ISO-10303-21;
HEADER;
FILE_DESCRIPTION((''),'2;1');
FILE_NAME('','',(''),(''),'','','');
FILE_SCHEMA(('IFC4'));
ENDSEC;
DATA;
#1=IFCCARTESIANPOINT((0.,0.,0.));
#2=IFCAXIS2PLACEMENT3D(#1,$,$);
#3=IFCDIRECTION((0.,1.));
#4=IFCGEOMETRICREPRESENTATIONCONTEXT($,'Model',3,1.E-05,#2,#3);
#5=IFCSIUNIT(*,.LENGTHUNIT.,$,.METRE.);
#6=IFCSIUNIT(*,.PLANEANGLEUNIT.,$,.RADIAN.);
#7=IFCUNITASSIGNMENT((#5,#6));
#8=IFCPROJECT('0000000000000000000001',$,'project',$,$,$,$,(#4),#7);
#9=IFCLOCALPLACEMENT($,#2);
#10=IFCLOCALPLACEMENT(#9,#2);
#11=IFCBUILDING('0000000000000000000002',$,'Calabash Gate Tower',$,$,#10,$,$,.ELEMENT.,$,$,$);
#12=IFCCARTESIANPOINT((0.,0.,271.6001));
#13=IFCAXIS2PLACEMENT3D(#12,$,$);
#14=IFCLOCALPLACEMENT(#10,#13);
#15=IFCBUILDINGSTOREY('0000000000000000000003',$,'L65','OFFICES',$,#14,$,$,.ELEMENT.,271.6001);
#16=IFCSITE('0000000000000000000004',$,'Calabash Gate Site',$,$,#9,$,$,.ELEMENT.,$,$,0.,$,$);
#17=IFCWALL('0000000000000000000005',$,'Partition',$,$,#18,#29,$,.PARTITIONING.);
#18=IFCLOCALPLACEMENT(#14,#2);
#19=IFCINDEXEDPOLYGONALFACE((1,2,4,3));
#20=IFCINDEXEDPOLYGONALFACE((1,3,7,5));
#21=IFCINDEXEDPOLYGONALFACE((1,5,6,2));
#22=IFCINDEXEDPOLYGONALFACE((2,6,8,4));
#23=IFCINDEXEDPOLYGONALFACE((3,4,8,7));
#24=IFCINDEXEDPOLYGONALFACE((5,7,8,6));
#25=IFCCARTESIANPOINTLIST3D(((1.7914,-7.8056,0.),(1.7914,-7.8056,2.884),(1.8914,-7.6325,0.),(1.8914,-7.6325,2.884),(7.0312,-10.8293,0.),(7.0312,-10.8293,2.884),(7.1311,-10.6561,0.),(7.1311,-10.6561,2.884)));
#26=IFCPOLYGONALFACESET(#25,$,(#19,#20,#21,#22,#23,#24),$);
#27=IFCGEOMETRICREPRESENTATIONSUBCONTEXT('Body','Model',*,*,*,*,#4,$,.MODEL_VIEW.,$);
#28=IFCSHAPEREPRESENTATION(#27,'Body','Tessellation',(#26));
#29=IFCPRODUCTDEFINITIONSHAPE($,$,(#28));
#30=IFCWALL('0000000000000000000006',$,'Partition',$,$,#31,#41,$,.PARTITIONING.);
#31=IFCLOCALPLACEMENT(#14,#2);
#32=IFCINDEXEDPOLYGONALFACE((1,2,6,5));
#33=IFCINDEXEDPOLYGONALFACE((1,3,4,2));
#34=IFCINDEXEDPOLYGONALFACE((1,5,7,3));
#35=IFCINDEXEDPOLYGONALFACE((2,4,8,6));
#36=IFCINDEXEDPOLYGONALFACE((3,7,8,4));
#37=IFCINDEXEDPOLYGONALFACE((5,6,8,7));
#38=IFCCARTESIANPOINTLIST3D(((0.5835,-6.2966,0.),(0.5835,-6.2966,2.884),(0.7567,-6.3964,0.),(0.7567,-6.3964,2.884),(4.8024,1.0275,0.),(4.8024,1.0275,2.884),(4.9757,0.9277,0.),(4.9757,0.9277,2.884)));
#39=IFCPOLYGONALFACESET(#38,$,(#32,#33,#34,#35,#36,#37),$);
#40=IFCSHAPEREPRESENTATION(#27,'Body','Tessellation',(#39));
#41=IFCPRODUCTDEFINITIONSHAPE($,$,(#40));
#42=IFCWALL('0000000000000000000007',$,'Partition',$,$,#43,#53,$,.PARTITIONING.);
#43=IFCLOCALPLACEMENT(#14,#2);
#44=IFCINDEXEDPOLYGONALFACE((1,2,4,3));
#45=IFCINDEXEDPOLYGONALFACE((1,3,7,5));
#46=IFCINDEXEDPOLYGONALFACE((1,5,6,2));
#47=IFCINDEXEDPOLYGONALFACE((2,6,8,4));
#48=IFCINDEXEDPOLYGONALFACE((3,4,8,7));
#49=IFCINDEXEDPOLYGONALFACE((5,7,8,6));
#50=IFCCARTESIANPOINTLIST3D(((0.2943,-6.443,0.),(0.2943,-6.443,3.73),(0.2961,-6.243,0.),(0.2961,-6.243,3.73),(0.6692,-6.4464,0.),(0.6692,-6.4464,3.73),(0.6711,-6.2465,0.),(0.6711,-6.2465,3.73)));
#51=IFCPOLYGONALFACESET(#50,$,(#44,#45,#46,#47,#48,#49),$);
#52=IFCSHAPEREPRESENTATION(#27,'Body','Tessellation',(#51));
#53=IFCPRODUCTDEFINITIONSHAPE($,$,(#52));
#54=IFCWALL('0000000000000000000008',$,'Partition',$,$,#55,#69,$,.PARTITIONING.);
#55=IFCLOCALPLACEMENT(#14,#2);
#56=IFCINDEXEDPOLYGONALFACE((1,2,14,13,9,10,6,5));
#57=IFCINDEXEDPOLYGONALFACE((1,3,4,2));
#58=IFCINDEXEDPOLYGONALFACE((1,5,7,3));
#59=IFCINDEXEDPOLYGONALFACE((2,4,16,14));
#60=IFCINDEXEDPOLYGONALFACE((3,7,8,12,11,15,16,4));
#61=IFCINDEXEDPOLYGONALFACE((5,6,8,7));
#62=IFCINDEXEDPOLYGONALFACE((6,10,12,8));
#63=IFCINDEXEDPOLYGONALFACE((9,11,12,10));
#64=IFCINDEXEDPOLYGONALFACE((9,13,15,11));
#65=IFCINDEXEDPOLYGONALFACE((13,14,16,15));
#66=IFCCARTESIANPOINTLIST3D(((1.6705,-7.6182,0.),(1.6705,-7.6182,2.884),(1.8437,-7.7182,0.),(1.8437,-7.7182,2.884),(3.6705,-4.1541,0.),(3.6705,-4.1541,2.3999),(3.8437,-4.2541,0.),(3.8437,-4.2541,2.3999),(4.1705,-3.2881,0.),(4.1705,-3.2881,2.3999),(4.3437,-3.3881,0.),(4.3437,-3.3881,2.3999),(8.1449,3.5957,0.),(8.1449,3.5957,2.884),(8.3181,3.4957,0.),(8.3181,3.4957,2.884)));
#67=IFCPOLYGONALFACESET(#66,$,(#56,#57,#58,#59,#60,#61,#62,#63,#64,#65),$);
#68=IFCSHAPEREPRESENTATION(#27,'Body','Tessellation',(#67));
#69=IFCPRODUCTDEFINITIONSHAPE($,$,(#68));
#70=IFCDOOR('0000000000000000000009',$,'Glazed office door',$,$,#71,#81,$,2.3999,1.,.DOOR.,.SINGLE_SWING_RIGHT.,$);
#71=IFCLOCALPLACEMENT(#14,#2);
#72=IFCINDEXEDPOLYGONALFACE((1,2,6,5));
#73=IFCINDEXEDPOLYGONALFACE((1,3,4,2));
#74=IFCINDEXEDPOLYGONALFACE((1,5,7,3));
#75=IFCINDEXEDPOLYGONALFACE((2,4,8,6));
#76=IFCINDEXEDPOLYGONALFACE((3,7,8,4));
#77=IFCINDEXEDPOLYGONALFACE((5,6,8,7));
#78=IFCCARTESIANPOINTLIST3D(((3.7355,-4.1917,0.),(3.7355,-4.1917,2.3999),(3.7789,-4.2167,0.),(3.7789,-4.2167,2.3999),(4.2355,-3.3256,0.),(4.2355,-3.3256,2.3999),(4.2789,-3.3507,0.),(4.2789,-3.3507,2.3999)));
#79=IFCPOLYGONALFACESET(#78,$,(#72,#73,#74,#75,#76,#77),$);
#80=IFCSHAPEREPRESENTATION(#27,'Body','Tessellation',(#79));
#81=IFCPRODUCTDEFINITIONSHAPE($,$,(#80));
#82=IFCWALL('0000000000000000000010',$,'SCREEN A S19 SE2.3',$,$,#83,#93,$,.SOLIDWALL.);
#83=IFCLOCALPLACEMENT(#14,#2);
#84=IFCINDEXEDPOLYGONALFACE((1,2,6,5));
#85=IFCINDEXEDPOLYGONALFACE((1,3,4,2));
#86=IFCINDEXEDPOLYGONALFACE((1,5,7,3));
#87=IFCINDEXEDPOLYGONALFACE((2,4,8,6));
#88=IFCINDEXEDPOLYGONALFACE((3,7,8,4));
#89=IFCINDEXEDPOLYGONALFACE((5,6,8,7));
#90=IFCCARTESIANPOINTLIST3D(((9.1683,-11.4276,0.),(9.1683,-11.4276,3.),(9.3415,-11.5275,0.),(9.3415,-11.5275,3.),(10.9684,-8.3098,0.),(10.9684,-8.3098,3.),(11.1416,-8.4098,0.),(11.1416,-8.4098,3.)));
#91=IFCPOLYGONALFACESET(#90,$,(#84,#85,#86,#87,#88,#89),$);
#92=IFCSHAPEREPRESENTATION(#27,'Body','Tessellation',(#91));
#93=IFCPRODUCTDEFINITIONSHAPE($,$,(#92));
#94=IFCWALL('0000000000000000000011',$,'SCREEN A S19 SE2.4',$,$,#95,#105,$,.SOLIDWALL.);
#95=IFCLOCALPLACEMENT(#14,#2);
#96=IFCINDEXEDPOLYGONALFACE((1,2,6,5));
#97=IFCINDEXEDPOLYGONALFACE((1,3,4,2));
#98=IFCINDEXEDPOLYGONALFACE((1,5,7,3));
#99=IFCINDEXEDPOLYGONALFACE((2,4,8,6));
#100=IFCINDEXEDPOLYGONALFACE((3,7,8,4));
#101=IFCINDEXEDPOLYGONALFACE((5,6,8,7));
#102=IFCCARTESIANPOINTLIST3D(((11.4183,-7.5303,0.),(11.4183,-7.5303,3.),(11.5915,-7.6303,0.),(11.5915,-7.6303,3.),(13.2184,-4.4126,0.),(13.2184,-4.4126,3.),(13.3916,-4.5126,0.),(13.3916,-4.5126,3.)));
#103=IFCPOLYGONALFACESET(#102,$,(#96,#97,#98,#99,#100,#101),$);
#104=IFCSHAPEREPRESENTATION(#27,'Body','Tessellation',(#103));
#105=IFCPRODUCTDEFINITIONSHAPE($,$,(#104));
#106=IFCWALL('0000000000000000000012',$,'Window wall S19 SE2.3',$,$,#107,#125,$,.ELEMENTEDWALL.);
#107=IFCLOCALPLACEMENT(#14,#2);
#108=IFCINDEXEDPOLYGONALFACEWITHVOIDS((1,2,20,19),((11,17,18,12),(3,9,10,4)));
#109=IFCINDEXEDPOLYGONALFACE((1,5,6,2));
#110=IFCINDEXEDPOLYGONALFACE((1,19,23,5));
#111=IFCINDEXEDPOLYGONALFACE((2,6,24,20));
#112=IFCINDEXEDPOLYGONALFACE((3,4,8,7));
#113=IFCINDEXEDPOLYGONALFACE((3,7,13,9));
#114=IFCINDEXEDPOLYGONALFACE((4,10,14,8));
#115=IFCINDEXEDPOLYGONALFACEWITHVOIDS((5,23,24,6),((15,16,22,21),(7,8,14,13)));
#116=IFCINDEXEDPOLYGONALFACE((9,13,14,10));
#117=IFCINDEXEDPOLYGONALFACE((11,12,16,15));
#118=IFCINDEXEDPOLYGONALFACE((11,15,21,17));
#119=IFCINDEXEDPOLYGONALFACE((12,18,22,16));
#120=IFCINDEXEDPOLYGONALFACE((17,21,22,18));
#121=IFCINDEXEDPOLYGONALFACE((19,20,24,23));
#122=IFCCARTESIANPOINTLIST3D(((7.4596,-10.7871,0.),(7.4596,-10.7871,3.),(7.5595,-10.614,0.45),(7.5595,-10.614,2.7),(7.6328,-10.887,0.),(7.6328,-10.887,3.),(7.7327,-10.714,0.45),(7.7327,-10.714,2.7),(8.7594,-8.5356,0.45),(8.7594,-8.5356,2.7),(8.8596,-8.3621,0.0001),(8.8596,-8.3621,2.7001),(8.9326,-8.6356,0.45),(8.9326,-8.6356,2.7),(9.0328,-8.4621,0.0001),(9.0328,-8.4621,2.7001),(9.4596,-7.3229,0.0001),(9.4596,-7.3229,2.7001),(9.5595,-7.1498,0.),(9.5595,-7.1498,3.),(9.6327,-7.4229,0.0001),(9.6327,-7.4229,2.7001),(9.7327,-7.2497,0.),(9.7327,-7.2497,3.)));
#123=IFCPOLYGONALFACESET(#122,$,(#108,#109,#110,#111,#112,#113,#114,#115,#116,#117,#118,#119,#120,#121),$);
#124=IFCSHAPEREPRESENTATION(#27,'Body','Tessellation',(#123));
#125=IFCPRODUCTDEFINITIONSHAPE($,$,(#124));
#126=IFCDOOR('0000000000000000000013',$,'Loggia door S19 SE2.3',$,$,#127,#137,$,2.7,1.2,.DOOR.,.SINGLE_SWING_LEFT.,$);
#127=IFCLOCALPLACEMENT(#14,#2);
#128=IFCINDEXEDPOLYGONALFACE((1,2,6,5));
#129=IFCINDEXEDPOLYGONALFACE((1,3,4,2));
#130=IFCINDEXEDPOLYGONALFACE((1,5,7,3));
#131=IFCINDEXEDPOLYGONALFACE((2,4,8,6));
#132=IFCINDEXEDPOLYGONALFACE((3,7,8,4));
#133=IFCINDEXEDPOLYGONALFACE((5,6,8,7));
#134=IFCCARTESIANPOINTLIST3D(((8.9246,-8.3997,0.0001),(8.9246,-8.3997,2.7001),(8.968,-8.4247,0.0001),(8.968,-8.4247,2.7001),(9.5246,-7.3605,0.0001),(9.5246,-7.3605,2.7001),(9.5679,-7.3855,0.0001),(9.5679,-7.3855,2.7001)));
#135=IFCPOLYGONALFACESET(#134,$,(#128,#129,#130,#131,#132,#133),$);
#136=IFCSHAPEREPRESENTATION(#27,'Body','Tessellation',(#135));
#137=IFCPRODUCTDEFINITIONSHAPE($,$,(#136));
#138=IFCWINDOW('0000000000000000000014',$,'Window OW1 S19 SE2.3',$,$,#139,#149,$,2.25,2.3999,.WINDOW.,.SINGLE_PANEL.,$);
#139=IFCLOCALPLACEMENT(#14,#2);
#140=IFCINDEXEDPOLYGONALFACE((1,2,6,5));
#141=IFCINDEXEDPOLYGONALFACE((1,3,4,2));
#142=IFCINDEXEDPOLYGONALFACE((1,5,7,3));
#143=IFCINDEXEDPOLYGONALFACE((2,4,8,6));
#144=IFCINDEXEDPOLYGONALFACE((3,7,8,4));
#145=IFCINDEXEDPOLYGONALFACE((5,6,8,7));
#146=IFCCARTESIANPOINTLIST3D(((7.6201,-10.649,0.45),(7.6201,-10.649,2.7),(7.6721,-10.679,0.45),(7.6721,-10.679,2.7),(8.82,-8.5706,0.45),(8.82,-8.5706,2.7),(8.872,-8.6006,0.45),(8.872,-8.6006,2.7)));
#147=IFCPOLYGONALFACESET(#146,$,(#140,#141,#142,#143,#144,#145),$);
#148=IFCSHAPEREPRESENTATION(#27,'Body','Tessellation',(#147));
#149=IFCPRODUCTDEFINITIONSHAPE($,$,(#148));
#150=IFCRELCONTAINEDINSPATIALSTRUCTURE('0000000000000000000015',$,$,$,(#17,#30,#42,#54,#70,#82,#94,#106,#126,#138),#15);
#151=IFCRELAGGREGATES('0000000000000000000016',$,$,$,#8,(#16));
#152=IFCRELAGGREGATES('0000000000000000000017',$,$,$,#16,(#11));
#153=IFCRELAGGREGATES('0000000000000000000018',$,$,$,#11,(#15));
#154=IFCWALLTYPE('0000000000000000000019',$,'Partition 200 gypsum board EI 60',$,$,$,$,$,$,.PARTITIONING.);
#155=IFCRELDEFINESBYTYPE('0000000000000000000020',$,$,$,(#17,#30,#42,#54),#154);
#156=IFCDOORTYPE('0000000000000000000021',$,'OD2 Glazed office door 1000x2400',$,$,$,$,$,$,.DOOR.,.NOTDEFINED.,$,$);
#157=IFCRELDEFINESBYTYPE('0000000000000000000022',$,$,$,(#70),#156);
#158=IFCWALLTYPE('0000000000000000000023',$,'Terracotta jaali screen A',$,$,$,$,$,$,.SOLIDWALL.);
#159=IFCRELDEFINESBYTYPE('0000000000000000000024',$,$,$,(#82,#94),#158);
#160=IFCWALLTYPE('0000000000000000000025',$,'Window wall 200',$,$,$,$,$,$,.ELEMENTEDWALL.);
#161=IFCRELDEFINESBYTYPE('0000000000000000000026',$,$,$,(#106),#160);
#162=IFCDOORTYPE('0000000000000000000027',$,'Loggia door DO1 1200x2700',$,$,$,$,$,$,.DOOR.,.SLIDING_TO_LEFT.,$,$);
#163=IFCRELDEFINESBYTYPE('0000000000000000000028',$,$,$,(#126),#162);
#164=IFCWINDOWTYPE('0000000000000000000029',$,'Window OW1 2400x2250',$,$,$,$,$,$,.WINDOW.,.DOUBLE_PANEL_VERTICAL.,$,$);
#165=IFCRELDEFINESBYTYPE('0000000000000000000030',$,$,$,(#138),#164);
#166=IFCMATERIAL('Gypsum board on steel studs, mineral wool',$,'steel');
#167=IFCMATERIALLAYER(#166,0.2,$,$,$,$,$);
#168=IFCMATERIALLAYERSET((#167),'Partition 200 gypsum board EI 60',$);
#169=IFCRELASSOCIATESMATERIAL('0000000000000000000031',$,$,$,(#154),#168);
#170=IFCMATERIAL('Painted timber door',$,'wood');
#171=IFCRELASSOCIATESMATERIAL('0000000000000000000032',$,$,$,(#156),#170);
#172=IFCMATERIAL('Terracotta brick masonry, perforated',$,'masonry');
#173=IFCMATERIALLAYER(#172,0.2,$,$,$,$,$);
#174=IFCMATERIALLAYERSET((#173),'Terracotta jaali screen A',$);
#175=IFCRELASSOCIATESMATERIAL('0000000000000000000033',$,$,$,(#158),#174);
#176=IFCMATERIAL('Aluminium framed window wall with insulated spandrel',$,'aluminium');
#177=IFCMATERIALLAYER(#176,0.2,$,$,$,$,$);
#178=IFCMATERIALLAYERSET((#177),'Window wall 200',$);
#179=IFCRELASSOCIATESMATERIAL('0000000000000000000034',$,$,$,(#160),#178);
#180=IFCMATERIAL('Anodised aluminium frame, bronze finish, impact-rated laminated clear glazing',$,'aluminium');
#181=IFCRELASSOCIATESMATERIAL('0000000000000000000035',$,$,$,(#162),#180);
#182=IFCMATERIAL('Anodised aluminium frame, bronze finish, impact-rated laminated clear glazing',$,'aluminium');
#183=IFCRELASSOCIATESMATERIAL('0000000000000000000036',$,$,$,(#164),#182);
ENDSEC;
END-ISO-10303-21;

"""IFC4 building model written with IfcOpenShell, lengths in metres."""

from ifc_helpers import new_model, si_unit, direction, frame, frame_2d, origin, place, context, subcontext, project, spatial, rectangle, extrude, material, layer, layer_set, type_object, element, fill, save


model = new_model("IFC4")

# Units and contexts
model_context = context("Model", 3, precision=1e-05, world=origin(), true_north=direction((0.0, 1.0)))
body_context = subcontext(model_context, "Body", "Model", "MODEL_VIEW")
ifc_project = project(units=[si_unit("LENGTHUNIT", "METRE"), si_unit("PLANEANGLEUNIT", "RADIAN")], contexts=[model_context])

# Site, building, storey
site_placement = place(None, origin())
site = spatial("IfcSite", under=ifc_project, at=site_placement, Name="Calabash Gate Site", CompositionType="ELEMENT", RefElevation=0.0)
building_placement = place(site_placement, origin())
building = spatial("IfcBuilding", under=site, at=building_placement, Name="Calabash Gate Tower", CompositionType="ELEMENT")
storey_placement = place(building_placement, frame((0.0, 0.0, 271.6001)))
storey = spatial("IfcBuildingStorey", under=building, at=storey_placement, Name="L65", Description="OFFICES", CompositionType="ELEMENT", Elevation=271.6001)

# Shared definitions
ifc_material_1 = material(Name="Gypsum board on steel studs, mineral wool", Category="steel")
ifc_layer_1 = layer(ifc_material_1, 0.2)
ifc_layer_set_1 = layer_set([ifc_layer_1], Name="Partition 200 gypsum board EI 60")
wall_type_1 = type_object("IfcWallType", Name="Partition 200 gypsum board EI 60", PredefinedType="PARTITIONING", material=ifc_layer_set_1)

# Walls
wall_1_placement = place(storey_placement, frame((1.8413, -7.719, 0.0), z_axis=(0.0, 0.0, 1.0), x_axis=(0.866132, -0.499816, 0.0)))
element("IfcWall", 1, at=wall_1_placement, inside=storey, type_object=wall_type_1, Name="Partition", PredefinedType="PARTITIONING", context=body_context, shape_type="SweptSolid", body=[
    extrude(rectangle(XDim=6.0496, YDim=0.2, at=frame_2d((3.0249, 0.0))), origin(), (0.0, 0.0, 1.0), 2.884),
])
wall_2_placement = place(storey_placement, frame((0.6702, -6.3464, 0.0), z_axis=(0.0, 0.0, 1.0), x_axis=(0.499144, 0.866519, 0.0)))
element("IfcWall", 2, at=wall_2_placement, inside=storey, type_object=wall_type_1, Name="Partition", PredefinedType="PARTITIONING", context=body_context, shape_type="SweptSolid", body=[
    extrude(rectangle(XDim=8.4524, YDim=0.2, at=frame_2d((4.2261, 0.0))), origin(), (0.0, 0.0, 1.0), 2.884),
])
wall_3_placement = place(storey_placement, frame((0.2952, -6.343, 0.0), z_axis=(0.0, 0.0, 1.0), x_axis=(0.999958, -0.009114, 0.0)))
element("IfcWall", 3, at=wall_3_placement, inside=storey, type_object=wall_type_1, Name="Partition", PredefinedType="PARTITIONING", context=body_context, shape_type="SweptSolid", body=[
    extrude(rectangle(XDim=0.375, YDim=0.2, at=frame_2d((0.1875, 0.0))), origin(), (0.0, 0.0, 1.0), 3.73),
])

# Wall, opening, door
wall_4_placement = place(storey_placement, frame((1.7571, -7.6682, 0.0), z_axis=(0.0, 0.0, 1.0), x_axis=(0.500002, 0.866024, 0.0)))
wall_4 = element("IfcWall", 4, at=wall_4_placement, inside=storey, type_object=wall_type_1, Name="Partition", PredefinedType="PARTITIONING", context=body_context, shape_type="SweptSolid", body=[
    extrude(rectangle(XDim=12.9487, YDim=0.2, at=frame_2d((6.4744, 0.0))), origin(), (0.0, 0.0, 1.0), 2.884),
])
opening_1_placement = place(wall_4_placement, frame((4.0, 0.0, 0.0)))
opening_1 = element("IfcOpeningElement", 5, at=opening_1_placement, cuts=wall_4, PredefinedType="OPENING", context=body_context, shape_type="SweptSolid", body=[
    extrude(rectangle(XDim=1.0, YDim=2.3999, at=frame_2d((0.5, 1.2))), frame((0.0, 0.1099, 0.0), z_axis=(0.0, -1.0, 0.0), x_axis=(1.0, 0.0, 0.0)), (0.0, 0.0, 1.0), 0.22),
])
ifc_material_2 = material(Name="Painted timber door", Category="wood")
door_type_1 = type_object("IfcDoorType", Name="OD2 Glazed office door 1000x2400", OperationType="NOTDEFINED", PredefinedType="DOOR", material=ifc_material_2)
door_1_placement = place(opening_1_placement, origin())
door_1 = element("IfcDoor", 6, at=door_1_placement, inside=storey, type_object=door_type_1, Name="Glazed office door", OperationType="SINGLE_SWING_RIGHT", OverallHeight=2.3999, OverallWidth=1.0, PredefinedType="DOOR", context=body_context, shape_type="SweptSolid", body=[
    extrude(rectangle(XDim=1.0, YDim=2.3999, at=frame_2d((0.5, 1.2))), frame((0.0, 0.0249, 0.0), z_axis=(0.0, -1.0, 0.0), x_axis=(1.0, 0.0, 0.0)), (0.0, 0.0, 1.0), 0.05),
])
fill(opening_1, door_1)

# Walls
ifc_material_3 = material(Name="Terracotta brick masonry, perforated", Category="masonry")
ifc_layer_2 = layer(ifc_material_3, 0.2)
ifc_layer_set_2 = layer_set([ifc_layer_2], Name="Terracotta jaali screen A")
wall_type_2 = type_object("IfcWallType", Name="Terracotta jaali screen A", PredefinedType="SOLIDWALL", material=ifc_layer_set_2)
for number, where, z_axis, x_axis, name in (
    (7, (9.2549, -11.4775, 0.0), (0.0, 0.0, 1.0), (0.500012, 0.866018, 0.0), "SCREEN A S19 SE2.3"),
    (8, (11.5049, -7.5803, 0.0), (0.0, 0.0, 1.0), (0.500012, 0.866018, 0.0), "SCREEN A S19 SE2.4"),
):
    element("IfcWall", number, at=place(storey_placement, frame(where, z_axis=z_axis, x_axis=x_axis)), inside=storey, type_object=wall_type_2, Name=name, PredefinedType="SOLIDWALL", context=body_context, shape_type="SweptSolid", body=[
        extrude(rectangle(XDim=3.6001, YDim=0.2, at=frame_2d((1.8, 0.0))), origin(), (0.0, 0.0, 1.0), 3.0),
    ])

# Wall, openings, door, window
ifc_material_4 = material(Name="Aluminium framed window wall with insulated spandrel", Category="aluminium")
ifc_layer_3 = layer(ifc_material_4, 0.2)
ifc_layer_set_3 = layer_set([ifc_layer_3], Name="Window wall 200")
wall_type_3 = type_object("IfcWallType", Name="Window wall 200", PredefinedType="ELEMENTEDWALL", material=ifc_layer_set_3)
wall_5_placement = place(storey_placement, frame((7.5461, -10.8372, 0.0), z_axis=(0.0, 0.0, 1.0), x_axis=(0.499984, 0.866035, 0.0)))
wall_5 = element("IfcWall", 9, at=wall_5_placement, inside=storey, type_object=wall_type_3, Name="Window wall S19 SE2.3", PredefinedType="ELEMENTEDWALL", context=body_context, shape_type="SweptSolid", body=[
    extrude(rectangle(XDim=4.2, YDim=0.2, at=frame_2d((2.1001, 0.0))), origin(), (0.0, 0.0, 1.0), 3.0),
])
opening_2_placement = place(wall_5_placement, frame((0.2, 0.0, 0.45)))
opening_2 = element("IfcOpeningElement", 10, at=opening_2_placement, cuts=wall_5, PredefinedType="OPENING", context=body_context, shape_type="SweptSolid", body=[
    extrude(rectangle(XDim=2.3999, YDim=2.25, at=frame_2d((1.2, 1.125))), frame((0.0, 0.1099, 0.0), z_axis=(0.0, -1.0, 0.0), x_axis=(1.0, 0.0, 0.0)), (0.0, 0.0, 1.0), 0.22),
])
opening_3_placement = place(wall_5_placement, frame((2.8, 0.0, 0.0)))
opening_3 = element("IfcOpeningElement", 11, at=opening_3_placement, cuts=wall_5, PredefinedType="OPENING", context=body_context, shape_type="SweptSolid", body=[
    extrude(rectangle(XDim=1.2, YDim=2.7, at=frame_2d((0.6001, 1.3501))), frame((0.0, 0.1099, 0.0), z_axis=(0.0, -1.0, 0.0), x_axis=(1.0, 0.0, 0.0)), (0.0, 0.0, 1.0), 0.22),
])
ifc_material_5 = material(Name="Anodised aluminium frame, bronze finish, impact-rated laminated clear glazing", Category="aluminium")
door_type_2 = type_object("IfcDoorType", Name="Loggia door DO1 1200x2700", OperationType="SLIDING_TO_LEFT", PredefinedType="DOOR", material=ifc_material_5)
door_2_placement = place(opening_3_placement, origin())
door_2 = element("IfcDoor", 12, at=door_2_placement, inside=storey, type_object=door_type_2, Name="Loggia door S19 SE2.3", OperationType="SINGLE_SWING_LEFT", OverallHeight=2.7, OverallWidth=1.2, PredefinedType="DOOR", context=body_context, shape_type="SweptSolid", body=[
    extrude(rectangle(XDim=1.2, YDim=2.7, at=frame_2d((0.6001, 1.3501))), frame((0.0, 0.0249, 0.0), z_axis=(0.0, -1.0, 0.0), x_axis=(1.0, 0.0, 0.0)), (0.0, 0.0, 1.0), 0.05),
])
fill(opening_3, door_2)
ifc_material_6 = material(Name="Anodised aluminium frame, bronze finish, impact-rated laminated clear glazing", Category="aluminium")
window_type_1 = type_object("IfcWindowType", Name="Window OW1 2400x2250", PartitioningType="DOUBLE_PANEL_VERTICAL", PredefinedType="WINDOW", material=ifc_material_6)
window_1_placement = place(opening_2_placement, origin())
window_1 = element("IfcWindow", 13, at=window_1_placement, inside=storey, type_object=window_type_1, Name="Window OW1 S19 SE2.3", OverallHeight=2.25, OverallWidth=2.3999, PartitioningType="SINGLE_PANEL", PredefinedType="WINDOW", context=body_context, shape_type="SweptSolid", body=[
    extrude(rectangle(XDim=2.3999, YDim=2.25, at=frame_2d((1.2, 1.125))), frame((0.0, 0.03, 0.0), z_axis=(0.0, -1.0, 0.0), x_axis=(1.0, 0.0, 0.0)), (0.0, 0.0, 1.0), 0.0601),
])
fill(opening_2, window_1)

save(model, "model.ifc")
